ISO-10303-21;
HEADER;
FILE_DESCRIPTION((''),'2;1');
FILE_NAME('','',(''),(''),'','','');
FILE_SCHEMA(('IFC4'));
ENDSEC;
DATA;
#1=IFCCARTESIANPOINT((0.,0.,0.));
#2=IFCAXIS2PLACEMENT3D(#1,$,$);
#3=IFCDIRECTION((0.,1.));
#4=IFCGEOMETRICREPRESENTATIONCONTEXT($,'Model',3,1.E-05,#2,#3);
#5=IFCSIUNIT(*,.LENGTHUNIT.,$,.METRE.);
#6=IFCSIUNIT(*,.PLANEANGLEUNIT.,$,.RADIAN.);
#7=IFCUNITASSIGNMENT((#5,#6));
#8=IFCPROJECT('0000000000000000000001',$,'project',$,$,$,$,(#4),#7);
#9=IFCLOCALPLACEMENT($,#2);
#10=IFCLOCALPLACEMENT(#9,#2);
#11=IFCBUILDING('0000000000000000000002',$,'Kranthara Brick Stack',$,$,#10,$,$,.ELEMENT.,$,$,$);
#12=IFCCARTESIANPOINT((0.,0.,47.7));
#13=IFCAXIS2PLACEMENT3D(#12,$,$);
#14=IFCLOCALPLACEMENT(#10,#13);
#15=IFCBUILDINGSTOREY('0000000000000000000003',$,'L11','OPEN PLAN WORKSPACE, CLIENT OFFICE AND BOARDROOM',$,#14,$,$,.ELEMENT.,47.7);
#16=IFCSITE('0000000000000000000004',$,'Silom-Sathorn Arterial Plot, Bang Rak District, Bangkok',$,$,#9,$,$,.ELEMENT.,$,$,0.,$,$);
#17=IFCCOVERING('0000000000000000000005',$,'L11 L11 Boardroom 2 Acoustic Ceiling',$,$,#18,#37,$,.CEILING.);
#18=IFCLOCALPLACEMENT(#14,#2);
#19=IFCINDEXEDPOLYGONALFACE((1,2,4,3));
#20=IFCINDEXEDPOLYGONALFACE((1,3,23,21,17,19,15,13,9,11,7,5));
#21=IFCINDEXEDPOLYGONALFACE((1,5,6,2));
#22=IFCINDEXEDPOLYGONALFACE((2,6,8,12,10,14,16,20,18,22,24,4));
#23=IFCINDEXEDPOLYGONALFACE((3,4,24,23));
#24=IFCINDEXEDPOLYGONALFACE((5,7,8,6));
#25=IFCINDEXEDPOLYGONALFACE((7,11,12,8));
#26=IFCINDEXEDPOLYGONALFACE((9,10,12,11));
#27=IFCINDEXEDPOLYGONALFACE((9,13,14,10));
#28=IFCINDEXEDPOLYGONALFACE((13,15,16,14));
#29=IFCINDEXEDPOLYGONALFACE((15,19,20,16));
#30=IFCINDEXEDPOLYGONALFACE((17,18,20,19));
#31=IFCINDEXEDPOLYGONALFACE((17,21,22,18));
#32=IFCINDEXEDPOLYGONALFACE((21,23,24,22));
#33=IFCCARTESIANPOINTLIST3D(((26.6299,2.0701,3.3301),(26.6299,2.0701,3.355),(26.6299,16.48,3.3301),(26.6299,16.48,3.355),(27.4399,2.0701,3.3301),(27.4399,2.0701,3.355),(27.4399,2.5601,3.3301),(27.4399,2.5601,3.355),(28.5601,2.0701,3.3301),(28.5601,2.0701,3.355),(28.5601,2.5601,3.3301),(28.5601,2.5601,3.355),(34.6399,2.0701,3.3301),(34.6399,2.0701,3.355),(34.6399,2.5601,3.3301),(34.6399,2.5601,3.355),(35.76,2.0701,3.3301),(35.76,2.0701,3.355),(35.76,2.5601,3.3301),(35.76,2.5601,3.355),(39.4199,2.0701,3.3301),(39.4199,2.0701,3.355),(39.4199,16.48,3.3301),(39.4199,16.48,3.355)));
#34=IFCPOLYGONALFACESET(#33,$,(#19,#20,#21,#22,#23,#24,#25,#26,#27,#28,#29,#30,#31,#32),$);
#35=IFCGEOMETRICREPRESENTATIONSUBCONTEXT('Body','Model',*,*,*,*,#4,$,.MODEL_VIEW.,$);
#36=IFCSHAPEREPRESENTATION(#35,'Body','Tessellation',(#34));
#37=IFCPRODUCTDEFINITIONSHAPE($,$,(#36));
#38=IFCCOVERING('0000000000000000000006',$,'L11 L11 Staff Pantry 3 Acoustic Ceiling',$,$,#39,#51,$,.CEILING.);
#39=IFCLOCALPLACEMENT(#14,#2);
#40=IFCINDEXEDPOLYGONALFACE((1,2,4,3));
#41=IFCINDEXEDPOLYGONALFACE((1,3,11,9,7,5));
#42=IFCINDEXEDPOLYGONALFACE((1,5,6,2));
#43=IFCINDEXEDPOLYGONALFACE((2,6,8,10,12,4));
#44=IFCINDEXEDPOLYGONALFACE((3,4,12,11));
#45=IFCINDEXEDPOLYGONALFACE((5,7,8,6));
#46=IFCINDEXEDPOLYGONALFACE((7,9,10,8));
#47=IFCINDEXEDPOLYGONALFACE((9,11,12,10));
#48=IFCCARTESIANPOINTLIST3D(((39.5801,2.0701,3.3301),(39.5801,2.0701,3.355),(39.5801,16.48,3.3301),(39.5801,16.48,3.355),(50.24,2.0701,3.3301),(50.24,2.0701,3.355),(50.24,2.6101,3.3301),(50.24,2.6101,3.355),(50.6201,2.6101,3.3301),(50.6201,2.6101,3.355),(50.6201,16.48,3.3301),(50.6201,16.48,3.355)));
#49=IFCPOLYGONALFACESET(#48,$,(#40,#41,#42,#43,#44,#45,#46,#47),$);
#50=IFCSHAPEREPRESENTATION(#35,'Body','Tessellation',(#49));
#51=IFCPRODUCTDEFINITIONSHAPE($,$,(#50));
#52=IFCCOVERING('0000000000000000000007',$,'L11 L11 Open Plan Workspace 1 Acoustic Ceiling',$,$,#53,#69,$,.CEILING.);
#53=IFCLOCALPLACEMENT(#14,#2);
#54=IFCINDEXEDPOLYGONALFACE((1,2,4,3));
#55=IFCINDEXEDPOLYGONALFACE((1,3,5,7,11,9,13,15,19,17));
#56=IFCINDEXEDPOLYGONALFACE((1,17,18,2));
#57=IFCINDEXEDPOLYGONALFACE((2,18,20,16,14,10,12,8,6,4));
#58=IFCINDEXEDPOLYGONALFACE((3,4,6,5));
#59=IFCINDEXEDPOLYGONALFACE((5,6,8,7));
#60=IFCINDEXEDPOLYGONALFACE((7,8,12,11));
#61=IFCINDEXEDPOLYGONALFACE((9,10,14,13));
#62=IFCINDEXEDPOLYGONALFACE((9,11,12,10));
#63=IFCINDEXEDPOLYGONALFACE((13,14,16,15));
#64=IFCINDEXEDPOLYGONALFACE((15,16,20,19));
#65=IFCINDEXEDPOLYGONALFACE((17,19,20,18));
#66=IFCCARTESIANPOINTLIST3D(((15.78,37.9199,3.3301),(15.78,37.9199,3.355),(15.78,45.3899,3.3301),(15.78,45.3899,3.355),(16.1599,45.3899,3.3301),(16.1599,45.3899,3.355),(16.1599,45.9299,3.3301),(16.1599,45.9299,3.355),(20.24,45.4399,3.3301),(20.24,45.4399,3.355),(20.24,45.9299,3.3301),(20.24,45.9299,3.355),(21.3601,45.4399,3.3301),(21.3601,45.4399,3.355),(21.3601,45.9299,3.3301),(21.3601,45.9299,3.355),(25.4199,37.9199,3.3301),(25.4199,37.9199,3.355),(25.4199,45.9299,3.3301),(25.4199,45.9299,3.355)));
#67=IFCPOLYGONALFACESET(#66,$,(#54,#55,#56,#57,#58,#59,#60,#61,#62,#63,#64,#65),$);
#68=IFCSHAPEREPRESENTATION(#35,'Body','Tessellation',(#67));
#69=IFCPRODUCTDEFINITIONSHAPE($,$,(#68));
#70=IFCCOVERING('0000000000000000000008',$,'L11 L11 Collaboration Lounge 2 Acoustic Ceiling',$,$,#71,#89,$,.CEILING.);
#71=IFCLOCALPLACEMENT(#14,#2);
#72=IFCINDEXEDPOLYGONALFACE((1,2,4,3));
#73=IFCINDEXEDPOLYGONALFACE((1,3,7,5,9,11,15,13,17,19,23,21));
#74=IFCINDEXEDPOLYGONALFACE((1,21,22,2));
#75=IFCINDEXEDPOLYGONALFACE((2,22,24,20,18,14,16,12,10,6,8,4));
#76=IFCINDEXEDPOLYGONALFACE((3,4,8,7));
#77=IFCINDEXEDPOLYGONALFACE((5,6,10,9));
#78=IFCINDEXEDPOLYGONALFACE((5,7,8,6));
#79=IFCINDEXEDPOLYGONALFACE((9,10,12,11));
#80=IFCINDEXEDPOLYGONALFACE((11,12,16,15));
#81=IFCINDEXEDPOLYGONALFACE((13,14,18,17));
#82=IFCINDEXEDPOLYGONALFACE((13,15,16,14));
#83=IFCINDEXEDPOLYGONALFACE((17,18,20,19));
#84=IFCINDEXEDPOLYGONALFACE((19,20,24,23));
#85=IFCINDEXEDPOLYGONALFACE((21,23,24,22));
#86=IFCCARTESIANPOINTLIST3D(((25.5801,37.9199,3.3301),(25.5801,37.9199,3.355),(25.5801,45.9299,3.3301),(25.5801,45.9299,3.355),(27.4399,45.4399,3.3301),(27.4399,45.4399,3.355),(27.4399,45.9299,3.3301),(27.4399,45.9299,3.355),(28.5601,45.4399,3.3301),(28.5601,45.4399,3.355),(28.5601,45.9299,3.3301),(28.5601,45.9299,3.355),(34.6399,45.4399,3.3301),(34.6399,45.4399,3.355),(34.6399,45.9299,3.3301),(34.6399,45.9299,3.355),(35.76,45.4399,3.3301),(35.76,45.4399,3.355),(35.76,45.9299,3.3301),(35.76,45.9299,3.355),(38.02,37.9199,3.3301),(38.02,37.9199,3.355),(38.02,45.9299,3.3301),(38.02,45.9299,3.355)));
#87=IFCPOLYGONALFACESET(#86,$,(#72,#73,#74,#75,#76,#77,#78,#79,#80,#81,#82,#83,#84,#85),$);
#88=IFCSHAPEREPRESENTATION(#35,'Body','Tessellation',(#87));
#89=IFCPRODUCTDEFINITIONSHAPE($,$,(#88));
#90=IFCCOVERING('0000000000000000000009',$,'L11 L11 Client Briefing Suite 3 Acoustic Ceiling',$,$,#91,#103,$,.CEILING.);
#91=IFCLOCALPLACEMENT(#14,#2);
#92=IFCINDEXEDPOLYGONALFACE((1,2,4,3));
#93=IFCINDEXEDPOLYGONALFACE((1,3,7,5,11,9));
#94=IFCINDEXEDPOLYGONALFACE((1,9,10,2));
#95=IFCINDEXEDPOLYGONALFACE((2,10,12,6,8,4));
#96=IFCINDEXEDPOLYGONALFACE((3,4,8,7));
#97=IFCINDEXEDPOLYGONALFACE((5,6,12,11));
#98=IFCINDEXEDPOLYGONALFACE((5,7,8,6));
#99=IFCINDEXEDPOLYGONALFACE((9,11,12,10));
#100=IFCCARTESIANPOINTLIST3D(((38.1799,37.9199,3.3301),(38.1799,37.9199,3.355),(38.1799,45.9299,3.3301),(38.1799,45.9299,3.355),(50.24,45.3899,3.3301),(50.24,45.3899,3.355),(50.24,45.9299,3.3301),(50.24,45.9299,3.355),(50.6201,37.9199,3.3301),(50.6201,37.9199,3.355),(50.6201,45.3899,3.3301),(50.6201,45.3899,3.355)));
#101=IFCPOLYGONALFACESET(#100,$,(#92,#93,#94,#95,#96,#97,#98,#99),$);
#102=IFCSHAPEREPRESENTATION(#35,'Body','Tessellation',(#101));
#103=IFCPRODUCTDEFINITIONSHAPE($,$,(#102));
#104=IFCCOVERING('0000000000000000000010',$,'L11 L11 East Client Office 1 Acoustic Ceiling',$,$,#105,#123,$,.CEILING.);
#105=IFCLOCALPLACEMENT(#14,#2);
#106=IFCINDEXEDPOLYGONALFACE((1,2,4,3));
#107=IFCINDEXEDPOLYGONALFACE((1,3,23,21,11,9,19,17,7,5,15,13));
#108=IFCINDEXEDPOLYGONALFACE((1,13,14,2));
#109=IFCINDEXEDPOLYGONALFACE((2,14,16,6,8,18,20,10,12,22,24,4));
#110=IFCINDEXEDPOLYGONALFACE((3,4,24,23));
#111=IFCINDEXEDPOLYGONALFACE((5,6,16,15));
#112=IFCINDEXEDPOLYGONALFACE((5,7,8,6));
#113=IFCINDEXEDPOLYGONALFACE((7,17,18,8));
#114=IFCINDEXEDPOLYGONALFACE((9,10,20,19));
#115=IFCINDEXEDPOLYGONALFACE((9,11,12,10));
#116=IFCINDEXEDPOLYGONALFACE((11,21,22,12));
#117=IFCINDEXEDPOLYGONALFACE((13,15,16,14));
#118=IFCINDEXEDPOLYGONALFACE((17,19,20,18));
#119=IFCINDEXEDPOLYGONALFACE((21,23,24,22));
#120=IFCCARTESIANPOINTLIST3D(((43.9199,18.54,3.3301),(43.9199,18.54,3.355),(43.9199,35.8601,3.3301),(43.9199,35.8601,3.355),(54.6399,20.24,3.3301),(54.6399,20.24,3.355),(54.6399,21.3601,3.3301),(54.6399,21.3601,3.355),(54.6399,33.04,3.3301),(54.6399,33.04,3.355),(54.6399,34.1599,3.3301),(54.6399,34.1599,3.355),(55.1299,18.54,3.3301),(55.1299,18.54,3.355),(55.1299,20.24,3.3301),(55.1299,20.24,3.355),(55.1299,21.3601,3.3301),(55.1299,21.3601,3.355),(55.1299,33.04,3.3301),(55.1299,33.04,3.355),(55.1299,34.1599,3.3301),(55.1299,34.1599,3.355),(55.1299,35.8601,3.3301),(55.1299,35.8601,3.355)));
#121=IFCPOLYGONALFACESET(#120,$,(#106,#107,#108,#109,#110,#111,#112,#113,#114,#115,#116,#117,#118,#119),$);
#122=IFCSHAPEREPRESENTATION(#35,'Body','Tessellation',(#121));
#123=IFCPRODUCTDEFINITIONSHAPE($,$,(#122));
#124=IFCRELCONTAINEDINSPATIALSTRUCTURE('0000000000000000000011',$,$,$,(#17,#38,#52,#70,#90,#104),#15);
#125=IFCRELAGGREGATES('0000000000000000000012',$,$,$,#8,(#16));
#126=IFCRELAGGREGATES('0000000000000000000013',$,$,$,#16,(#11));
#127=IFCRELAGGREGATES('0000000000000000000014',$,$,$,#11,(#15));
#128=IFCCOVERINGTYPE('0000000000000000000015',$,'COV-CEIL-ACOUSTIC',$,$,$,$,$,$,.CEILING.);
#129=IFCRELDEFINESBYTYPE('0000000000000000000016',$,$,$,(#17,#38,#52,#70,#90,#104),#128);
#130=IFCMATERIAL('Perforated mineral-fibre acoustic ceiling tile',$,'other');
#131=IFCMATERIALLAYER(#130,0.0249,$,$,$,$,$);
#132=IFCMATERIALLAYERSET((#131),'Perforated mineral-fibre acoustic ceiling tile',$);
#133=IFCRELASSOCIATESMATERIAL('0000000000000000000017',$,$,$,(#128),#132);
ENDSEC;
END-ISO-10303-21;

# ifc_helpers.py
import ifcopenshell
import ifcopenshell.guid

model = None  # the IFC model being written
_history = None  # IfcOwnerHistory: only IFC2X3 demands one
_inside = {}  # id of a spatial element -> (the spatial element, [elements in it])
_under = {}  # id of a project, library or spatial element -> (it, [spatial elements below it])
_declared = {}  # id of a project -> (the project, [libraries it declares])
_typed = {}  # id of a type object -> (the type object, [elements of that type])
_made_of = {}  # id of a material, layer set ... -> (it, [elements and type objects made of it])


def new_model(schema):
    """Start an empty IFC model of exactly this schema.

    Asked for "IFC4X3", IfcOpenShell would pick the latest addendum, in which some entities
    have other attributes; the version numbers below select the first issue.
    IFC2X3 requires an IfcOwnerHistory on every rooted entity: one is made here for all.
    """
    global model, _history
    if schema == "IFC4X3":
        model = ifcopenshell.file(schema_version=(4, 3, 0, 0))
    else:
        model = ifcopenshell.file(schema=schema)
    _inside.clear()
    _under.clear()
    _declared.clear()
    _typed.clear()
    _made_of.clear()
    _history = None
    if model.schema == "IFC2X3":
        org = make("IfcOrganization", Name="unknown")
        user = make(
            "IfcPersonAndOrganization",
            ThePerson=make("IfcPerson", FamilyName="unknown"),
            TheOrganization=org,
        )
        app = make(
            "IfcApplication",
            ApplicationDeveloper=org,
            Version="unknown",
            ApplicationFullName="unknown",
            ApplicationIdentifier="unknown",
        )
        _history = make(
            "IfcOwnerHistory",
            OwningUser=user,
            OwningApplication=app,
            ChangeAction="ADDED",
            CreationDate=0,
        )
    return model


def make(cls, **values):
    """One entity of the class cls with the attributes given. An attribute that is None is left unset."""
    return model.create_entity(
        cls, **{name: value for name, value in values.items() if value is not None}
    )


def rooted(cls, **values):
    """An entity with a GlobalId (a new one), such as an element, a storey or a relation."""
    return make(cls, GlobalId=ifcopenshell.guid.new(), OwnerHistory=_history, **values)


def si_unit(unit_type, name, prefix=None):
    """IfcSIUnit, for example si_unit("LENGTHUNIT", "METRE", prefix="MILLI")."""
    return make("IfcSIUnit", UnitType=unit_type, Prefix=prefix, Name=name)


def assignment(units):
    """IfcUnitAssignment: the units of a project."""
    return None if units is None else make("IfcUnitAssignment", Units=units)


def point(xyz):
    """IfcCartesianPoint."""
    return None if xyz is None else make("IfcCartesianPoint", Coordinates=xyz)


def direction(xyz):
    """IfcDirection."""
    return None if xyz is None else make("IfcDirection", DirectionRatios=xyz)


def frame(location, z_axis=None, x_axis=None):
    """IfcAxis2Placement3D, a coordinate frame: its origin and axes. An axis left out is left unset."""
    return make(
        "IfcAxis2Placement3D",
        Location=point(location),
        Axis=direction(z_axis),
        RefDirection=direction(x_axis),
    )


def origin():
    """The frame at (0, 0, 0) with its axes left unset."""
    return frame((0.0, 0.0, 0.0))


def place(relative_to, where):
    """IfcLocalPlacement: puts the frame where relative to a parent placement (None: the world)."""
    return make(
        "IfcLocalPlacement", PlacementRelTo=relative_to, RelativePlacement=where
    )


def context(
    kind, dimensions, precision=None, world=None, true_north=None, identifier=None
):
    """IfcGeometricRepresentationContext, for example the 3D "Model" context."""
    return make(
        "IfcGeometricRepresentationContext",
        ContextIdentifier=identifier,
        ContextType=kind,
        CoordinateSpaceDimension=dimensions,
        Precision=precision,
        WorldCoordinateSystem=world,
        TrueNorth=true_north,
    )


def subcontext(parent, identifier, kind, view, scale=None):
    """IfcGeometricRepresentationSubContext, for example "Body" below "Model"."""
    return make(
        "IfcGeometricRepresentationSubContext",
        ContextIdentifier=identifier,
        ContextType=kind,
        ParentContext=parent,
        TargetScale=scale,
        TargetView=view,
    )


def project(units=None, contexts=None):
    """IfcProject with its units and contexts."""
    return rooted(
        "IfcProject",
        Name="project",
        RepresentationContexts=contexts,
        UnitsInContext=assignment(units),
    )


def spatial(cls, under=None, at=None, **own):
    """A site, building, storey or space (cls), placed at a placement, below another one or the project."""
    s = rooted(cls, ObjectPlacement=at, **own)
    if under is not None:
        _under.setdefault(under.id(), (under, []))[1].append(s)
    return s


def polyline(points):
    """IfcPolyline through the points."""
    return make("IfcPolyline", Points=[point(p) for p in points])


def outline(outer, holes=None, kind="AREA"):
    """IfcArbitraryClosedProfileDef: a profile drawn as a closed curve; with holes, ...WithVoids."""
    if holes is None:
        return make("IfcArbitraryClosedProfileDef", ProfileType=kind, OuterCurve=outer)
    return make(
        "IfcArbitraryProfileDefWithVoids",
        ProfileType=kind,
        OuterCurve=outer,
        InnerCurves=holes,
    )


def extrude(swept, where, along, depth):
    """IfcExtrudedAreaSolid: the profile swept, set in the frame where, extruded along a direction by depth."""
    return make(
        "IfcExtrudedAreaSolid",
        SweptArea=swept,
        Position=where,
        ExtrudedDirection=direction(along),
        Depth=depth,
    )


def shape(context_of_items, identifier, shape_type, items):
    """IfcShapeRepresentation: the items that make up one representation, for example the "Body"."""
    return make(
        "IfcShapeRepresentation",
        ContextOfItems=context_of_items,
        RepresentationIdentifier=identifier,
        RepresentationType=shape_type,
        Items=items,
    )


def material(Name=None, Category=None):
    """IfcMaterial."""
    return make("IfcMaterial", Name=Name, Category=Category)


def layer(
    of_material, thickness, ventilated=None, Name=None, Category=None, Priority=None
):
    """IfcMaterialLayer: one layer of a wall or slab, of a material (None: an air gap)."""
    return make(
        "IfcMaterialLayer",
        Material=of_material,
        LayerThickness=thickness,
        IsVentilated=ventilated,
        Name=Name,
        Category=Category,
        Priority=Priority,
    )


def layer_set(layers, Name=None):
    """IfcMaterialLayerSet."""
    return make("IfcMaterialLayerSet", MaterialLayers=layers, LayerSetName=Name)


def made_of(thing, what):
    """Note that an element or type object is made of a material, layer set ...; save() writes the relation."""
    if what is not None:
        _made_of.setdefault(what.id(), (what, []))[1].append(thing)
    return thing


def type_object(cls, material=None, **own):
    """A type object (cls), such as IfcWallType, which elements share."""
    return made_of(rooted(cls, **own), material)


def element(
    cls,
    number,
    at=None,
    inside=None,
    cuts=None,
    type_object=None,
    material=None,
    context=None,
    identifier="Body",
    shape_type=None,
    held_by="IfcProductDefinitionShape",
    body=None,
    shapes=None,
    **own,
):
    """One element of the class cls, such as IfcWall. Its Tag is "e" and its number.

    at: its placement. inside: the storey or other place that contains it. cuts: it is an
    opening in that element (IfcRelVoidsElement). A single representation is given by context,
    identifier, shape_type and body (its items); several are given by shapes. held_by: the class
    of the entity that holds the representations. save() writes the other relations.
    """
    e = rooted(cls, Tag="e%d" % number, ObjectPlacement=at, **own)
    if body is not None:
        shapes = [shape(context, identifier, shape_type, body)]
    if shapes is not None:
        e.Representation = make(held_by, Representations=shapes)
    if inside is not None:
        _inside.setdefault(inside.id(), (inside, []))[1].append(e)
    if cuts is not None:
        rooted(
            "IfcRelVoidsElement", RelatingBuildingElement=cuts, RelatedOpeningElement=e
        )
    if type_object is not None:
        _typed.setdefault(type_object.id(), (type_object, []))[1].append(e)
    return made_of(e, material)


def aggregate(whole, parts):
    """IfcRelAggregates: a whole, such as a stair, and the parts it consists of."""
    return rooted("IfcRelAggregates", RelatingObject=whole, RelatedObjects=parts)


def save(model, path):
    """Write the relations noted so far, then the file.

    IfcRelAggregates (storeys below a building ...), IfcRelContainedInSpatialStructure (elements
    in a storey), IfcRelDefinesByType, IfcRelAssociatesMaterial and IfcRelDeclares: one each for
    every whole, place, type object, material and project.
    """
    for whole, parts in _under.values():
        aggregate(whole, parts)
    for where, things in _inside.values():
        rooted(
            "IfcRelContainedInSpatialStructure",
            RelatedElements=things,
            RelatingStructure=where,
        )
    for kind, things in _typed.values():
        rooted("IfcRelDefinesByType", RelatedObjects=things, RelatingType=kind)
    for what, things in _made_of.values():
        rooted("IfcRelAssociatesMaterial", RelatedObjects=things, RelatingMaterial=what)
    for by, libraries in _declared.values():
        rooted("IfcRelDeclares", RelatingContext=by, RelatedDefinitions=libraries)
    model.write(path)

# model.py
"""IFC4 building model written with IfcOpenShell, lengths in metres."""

from ifc_helpers import new_model, si_unit, direction, frame, origin, place, context, subcontext, project, spatial, polyline, outline, extrude, material, layer, layer_set, type_object, element, save


model = new_model("IFC4")

# Units and contexts
model_context = context("Model", 3, precision=1e-05, world=origin(), true_north=direction((0.0, 1.0)))
body_context = subcontext(model_context, "Body", "Model", "MODEL_VIEW")
ifc_project = project(units=[si_unit("LENGTHUNIT", "METRE"), si_unit("PLANEANGLEUNIT", "RADIAN")], contexts=[model_context])

# Site, building, storey
site_placement = place(None, origin())
site = spatial("IfcSite", under=ifc_project, at=site_placement, Name="Silom-Sathorn Arterial Plot, Bang Rak District, Bangkok", CompositionType="ELEMENT", RefElevation=0.0)
building_placement = place(site_placement, origin())
building = spatial("IfcBuilding", under=site, at=building_placement, Name="Kranthara Brick Stack", CompositionType="ELEMENT")
storey_placement = place(building_placement, frame((0.0, 0.0, 47.7)))
storey = spatial("IfcBuildingStorey", under=building, at=storey_placement, Name="L11", Description="OPEN PLAN WORKSPACE, CLIENT OFFICE AND BOARDROOM", CompositionType="ELEMENT", Elevation=47.7)

# Coverings
ifc_material_1 = material(Name="Perforated mineral-fibre acoustic ceiling tile", Category="other")
ifc_layer_1 = layer(ifc_material_1, 0.0249)
ifc_layer_set_1 = layer_set([ifc_layer_1], Name="Perforated mineral-fibre acoustic ceiling tile")
covering_type = type_object("IfcCoveringType", Name="COV-CEIL-ACOUSTIC", PredefinedType="CEILING", material=ifc_layer_set_1)
covering_1_placement = place(storey_placement, frame((0.0, 0.0, 3.3301)))
element("IfcCovering", 1, at=covering_1_placement, inside=storey, type_object=covering_type, Name="L11 L11 Boardroom 2 Acoustic Ceiling", PredefinedType="CEILING", context=body_context, shape_type="SweptSolid", body=[
    extrude(outline(polyline([(26.6299, 16.48), (39.4199, 16.48), (39.4199, 2.0701), (35.76, 2.0701), (35.76, 2.5601), (34.6399, 2.5601), (34.6399, 2.0701), (28.5601, 2.0701), (28.5601, 2.5601), (27.4399, 2.5601), (27.4399, 2.0701), (26.6299, 2.0701), (26.6299, 16.48)])), origin(), (0.0, 0.0, 1.0), 0.0249),
])
covering_2_placement = place(storey_placement, frame((0.0, 0.0, 3.3301)))
element("IfcCovering", 2, at=covering_2_placement, inside=storey, type_object=covering_type, Name="L11 L11 Staff Pantry 3 Acoustic Ceiling", PredefinedType="CEILING", context=body_context, shape_type="SweptSolid", body=[
    extrude(outline(polyline([(39.5801, 2.0701), (39.5801, 16.48), (50.6201, 16.48), (50.6201, 2.6101), (50.24, 2.6101), (50.24, 2.0701), (39.5801, 2.0701)])), origin(), (0.0, 0.0, 1.0), 0.0249),
])
covering_3_placement = place(storey_placement, frame((0.0, 0.0, 3.3301)))
element("IfcCovering", 3, at=covering_3_placement, inside=storey, type_object=covering_type, Name="L11 L11 Open Plan Workspace 1 Acoustic Ceiling", PredefinedType="CEILING", context=body_context, shape_type="SweptSolid", body=[
    extrude(outline(polyline([(25.4199, 37.9199), (15.78, 37.9199), (15.78, 45.3899), (16.1599, 45.3899), (16.1599, 45.9299), (20.24, 45.9299), (20.24, 45.4399), (21.3601, 45.4399), (21.3601, 45.9299), (25.4199, 45.9299), (25.4199, 37.9199)])), origin(), (0.0, 0.0, 1.0), 0.0249),
])
covering_4_placement = place(storey_placement, frame((0.0, 0.0, 3.3301)))
element("IfcCovering", 4, at=covering_4_placement, inside=storey, type_object=covering_type, Name="L11 L11 Collaboration Lounge 2 Acoustic Ceiling", PredefinedType="CEILING", context=body_context, shape_type="SweptSolid", body=[
    extrude(outline(polyline([(38.02, 37.9199), (25.5801, 37.9199), (25.5801, 45.9299), (27.4399, 45.9299), (27.4399, 45.4399), (28.5601, 45.4399), (28.5601, 45.9299), (34.6399, 45.9299), (34.6399, 45.4399), (35.76, 45.4399), (35.76, 45.9299), (38.02, 45.9299), (38.02, 37.9199)])), origin(), (0.0, 0.0, 1.0), 0.0249),
])
covering_5_placement = place(storey_placement, frame((0.0, 0.0, 3.3301)))
element("IfcCovering", 5, at=covering_5_placement, inside=storey, type_object=covering_type, Name="L11 L11 Client Briefing Suite 3 Acoustic Ceiling", PredefinedType="CEILING", context=body_context, shape_type="SweptSolid", body=[
    extrude(outline(polyline([(50.6201, 37.9199), (38.1799, 37.9199), (38.1799, 45.9299), (50.24, 45.9299), (50.24, 45.3899), (50.6201, 45.3899), (50.6201, 37.9199)])), origin(), (0.0, 0.0, 1.0), 0.0249),
])
covering_6_placement = place(storey_placement, frame((0.0, 0.0, 3.3301)))
element("IfcCovering", 6, at=covering_6_placement, inside=storey, type_object=covering_type, Name="L11 L11 East Client Office 1 Acoustic Ceiling", PredefinedType="CEILING", context=body_context, shape_type="SweptSolid", body=[
    extrude(outline(polyline([(43.9199, 18.54), (43.9199, 35.8601), (55.1299, 35.8601), (55.1299, 34.1599), (54.6399, 34.1599), (54.6399, 33.04), (55.1299, 33.04), (55.1299, 21.3601), (54.6399, 21.3601), (54.6399, 20.24), (55.1299, 20.24), (55.1299, 18.54), (43.9199, 18.54)])), origin(), (0.0, 0.0, 1.0), 0.0249),
])

save(model, "model.ifc")
